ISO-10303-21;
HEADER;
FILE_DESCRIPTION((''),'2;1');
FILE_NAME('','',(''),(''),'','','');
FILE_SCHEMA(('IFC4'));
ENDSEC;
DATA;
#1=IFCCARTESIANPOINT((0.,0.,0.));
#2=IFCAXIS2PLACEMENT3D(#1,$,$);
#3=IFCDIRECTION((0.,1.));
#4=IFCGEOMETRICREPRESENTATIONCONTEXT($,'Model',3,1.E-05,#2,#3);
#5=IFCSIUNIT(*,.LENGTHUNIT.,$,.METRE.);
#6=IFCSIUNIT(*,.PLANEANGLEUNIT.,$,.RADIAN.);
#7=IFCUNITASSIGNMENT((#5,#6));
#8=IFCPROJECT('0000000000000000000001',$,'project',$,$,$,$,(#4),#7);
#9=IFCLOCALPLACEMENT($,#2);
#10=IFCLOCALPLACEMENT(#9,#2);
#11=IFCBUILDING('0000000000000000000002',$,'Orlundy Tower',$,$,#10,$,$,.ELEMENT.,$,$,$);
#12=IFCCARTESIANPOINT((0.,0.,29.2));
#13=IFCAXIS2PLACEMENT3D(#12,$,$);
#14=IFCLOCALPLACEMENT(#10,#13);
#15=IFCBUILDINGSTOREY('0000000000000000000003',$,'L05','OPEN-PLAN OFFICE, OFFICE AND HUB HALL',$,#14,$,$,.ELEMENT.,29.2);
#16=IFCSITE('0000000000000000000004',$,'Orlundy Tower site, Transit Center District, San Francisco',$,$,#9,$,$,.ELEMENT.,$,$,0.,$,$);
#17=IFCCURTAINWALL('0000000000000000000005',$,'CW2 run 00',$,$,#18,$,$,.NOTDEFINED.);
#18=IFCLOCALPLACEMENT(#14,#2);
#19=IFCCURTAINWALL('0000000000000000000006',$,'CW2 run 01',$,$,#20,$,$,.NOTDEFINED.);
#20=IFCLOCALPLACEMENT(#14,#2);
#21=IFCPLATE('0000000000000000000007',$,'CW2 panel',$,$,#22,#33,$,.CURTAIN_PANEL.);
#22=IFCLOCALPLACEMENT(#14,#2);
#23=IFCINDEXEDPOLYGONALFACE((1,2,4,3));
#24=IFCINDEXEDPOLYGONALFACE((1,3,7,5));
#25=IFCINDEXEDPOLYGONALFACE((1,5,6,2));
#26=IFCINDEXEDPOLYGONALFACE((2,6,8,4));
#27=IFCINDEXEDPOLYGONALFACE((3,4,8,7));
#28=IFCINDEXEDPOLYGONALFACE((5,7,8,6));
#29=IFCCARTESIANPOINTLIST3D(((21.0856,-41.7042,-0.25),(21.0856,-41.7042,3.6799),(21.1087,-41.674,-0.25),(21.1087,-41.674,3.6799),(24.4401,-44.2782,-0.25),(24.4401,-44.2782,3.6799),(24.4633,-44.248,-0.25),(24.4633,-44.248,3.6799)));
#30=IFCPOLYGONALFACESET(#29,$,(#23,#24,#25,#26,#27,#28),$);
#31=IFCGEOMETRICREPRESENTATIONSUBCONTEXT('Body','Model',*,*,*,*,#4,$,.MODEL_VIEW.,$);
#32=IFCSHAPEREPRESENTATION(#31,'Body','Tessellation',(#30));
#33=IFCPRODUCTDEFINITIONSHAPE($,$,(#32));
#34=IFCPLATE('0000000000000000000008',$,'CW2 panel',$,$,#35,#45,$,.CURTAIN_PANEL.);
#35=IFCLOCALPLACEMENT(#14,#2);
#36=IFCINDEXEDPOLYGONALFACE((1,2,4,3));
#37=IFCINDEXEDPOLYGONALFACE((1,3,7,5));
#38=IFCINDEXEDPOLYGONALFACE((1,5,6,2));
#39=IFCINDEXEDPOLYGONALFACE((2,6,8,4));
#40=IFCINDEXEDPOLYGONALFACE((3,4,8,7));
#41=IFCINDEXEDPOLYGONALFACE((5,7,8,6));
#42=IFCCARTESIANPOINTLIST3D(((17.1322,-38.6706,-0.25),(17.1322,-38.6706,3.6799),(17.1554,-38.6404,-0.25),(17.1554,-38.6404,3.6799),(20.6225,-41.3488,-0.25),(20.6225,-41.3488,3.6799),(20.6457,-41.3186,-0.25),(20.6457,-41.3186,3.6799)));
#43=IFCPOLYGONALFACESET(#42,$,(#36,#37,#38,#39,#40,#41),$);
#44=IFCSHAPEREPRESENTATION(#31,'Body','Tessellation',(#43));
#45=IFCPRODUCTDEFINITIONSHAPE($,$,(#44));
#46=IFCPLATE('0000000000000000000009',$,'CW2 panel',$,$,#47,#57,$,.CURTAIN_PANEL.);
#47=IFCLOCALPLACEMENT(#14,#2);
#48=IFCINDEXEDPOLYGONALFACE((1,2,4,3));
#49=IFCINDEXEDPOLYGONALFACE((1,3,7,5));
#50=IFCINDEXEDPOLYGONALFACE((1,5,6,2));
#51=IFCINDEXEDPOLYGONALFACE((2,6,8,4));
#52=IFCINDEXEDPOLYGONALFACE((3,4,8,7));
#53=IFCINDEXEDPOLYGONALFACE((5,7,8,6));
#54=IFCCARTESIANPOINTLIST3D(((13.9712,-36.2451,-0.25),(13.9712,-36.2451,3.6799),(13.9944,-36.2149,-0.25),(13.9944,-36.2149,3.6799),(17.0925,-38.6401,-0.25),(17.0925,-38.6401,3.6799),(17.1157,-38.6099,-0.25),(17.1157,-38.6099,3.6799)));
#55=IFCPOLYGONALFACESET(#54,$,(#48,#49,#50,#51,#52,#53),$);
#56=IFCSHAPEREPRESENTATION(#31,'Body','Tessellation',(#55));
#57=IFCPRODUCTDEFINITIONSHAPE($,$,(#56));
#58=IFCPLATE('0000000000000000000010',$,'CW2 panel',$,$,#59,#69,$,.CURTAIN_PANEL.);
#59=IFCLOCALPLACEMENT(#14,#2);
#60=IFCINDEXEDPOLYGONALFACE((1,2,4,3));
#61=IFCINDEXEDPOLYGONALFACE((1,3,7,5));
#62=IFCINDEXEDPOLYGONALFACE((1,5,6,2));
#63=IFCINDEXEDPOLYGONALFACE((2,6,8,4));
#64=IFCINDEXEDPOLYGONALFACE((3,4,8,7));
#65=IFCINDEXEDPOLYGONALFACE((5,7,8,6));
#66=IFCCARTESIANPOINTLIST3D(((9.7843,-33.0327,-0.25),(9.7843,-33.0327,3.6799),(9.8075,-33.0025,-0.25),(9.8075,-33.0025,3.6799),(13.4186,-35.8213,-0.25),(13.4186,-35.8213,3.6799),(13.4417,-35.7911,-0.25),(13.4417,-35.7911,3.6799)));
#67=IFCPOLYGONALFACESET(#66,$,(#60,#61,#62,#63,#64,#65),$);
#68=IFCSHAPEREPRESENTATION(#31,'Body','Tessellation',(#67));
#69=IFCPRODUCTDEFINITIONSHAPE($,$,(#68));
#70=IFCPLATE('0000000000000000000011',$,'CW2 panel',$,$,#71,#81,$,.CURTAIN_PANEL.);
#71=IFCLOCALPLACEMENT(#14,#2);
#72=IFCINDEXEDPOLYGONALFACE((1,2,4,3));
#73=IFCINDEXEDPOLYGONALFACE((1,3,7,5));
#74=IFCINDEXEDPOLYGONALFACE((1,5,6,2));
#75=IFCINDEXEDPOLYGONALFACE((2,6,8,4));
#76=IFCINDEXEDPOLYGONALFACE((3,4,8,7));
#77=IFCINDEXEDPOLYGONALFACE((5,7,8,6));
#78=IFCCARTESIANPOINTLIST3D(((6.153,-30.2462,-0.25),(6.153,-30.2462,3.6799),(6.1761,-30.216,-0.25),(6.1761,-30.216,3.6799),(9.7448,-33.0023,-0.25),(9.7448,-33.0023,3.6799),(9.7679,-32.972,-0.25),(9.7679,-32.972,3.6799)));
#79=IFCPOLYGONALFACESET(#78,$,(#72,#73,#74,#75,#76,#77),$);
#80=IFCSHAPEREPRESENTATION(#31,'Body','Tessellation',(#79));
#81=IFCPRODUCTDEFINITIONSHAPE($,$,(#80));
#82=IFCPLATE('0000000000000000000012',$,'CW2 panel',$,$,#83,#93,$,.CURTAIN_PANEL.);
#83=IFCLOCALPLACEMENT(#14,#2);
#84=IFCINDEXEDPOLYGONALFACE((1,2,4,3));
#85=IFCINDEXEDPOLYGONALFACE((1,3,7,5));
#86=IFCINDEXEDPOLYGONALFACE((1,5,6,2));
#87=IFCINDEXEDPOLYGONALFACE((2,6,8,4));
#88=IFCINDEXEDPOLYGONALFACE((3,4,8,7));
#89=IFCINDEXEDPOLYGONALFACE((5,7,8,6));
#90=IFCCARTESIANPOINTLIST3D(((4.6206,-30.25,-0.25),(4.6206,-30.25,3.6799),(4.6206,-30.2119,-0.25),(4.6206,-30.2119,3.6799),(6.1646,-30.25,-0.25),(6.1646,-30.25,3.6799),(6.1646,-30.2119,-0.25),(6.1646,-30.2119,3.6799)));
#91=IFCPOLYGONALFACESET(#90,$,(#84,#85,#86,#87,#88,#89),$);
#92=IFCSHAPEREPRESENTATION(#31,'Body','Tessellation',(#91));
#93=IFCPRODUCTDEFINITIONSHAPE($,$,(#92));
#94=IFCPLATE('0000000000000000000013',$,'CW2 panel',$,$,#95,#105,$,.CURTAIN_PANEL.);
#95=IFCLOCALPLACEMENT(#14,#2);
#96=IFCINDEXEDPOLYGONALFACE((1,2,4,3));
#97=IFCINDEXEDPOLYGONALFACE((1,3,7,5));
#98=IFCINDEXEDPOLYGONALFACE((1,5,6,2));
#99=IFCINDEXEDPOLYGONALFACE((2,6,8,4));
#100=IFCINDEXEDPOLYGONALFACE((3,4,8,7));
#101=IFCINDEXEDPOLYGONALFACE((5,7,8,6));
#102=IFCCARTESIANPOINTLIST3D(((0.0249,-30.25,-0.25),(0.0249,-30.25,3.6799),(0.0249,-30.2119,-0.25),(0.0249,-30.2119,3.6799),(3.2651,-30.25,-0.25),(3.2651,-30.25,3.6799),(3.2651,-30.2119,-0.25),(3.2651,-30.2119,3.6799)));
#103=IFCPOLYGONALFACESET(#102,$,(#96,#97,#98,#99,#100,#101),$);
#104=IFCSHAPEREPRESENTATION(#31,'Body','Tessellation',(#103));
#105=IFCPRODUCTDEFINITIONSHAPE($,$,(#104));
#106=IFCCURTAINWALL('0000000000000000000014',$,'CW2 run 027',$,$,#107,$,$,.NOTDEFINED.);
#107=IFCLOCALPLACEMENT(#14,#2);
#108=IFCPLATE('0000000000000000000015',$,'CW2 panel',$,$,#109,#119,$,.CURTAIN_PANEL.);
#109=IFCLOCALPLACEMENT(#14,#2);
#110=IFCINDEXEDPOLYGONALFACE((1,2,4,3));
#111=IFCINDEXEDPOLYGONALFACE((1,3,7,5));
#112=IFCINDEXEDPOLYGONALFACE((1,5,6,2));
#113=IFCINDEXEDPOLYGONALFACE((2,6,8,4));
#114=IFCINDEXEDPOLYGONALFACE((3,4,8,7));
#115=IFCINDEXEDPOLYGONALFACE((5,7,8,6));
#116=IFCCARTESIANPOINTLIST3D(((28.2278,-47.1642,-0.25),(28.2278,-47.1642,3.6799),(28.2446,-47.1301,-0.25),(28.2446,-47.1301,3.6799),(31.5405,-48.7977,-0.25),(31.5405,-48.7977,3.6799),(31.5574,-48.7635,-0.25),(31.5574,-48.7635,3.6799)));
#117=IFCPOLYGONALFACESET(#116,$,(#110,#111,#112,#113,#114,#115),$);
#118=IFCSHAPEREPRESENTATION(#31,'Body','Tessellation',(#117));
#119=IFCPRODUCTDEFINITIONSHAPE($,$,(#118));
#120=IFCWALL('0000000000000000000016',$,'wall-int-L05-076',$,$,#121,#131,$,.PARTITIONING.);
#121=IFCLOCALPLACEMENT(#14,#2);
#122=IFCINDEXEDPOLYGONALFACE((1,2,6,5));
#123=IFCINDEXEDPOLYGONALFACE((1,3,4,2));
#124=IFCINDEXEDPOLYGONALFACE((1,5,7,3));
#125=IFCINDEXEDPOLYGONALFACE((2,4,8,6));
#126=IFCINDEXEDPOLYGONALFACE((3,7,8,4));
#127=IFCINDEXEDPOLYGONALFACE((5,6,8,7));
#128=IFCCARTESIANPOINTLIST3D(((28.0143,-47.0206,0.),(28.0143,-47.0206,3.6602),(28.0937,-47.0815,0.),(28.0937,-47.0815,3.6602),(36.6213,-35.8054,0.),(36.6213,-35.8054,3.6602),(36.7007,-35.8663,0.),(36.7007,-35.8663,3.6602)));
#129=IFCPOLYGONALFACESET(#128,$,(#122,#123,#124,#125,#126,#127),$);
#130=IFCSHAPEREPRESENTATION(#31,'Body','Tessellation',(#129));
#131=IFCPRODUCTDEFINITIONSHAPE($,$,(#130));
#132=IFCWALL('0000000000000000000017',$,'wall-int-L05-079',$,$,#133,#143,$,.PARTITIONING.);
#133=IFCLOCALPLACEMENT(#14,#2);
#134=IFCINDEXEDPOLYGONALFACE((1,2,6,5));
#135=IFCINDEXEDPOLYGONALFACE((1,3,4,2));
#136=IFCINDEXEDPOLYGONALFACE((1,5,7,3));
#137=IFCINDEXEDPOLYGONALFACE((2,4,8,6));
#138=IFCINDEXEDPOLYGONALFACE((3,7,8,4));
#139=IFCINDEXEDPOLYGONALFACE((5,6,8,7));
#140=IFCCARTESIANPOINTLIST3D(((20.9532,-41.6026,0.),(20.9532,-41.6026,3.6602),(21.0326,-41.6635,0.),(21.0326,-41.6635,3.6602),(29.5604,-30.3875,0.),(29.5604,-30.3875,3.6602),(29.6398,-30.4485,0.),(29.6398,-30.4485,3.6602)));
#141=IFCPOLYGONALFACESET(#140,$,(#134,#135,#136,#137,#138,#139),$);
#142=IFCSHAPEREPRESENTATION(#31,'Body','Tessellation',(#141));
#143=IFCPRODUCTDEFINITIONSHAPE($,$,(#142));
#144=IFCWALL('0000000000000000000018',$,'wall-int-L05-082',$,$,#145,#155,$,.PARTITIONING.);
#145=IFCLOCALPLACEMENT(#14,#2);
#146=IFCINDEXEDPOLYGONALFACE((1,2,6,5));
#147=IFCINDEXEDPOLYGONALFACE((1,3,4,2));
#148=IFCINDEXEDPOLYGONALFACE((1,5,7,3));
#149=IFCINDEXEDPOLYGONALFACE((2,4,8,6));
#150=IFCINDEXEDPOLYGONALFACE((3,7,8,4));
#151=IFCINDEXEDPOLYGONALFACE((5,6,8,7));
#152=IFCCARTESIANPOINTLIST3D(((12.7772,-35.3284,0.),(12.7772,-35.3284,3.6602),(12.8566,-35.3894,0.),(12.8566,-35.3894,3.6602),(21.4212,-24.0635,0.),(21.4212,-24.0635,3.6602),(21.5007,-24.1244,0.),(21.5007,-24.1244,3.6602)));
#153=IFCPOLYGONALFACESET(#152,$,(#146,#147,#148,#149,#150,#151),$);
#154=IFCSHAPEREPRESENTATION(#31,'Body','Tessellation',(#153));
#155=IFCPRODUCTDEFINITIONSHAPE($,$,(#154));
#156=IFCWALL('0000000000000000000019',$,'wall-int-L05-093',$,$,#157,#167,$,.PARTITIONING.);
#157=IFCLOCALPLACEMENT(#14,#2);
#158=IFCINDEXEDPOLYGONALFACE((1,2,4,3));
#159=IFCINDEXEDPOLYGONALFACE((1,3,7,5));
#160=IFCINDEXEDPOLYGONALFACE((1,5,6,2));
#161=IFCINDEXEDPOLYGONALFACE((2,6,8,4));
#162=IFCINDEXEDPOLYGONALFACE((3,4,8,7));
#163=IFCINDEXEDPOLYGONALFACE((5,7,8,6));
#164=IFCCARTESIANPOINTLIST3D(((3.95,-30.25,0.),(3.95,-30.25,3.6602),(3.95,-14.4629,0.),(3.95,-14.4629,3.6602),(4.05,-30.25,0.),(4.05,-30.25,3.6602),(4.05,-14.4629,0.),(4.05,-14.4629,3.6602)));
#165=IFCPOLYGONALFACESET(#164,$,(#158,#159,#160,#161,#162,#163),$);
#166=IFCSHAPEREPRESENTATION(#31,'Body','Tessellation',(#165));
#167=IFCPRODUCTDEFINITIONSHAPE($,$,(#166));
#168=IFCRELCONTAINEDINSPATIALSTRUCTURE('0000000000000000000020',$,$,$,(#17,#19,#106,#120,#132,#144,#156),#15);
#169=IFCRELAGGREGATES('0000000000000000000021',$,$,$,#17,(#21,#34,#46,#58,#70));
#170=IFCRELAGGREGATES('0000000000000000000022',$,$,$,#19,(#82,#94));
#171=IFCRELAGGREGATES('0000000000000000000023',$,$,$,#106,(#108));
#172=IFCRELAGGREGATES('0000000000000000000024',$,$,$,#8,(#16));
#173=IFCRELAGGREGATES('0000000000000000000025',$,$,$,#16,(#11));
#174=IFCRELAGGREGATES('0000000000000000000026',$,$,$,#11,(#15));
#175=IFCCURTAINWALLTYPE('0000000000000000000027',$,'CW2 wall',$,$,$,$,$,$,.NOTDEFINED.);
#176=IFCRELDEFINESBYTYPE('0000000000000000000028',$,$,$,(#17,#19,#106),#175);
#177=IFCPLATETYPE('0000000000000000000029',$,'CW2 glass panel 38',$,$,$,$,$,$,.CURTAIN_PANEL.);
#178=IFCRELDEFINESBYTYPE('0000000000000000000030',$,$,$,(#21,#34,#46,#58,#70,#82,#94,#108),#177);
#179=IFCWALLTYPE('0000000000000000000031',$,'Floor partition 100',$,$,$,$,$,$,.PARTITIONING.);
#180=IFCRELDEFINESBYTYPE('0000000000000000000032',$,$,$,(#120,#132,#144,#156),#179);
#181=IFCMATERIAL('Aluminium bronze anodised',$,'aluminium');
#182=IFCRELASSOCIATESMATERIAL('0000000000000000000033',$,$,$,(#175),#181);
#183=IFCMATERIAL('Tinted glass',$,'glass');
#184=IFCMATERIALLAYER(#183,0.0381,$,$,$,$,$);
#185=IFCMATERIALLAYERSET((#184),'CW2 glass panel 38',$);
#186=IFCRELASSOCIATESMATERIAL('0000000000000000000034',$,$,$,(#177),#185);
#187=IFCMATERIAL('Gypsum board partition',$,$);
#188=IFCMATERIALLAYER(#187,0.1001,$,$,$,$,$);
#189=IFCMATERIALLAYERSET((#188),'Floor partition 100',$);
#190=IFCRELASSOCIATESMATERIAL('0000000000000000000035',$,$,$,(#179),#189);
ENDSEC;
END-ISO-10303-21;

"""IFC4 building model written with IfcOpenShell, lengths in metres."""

from ifc_helpers import new_model, si_unit, direction, frame, frame_2d, origin, origin_2d, place, context, subcontext, project, spatial, rectangle, extrude, material, layer, layer_set, type_object, element, aggregate, save


model = new_model("IFC4")

# Units and contexts
model_context = context("Model", 3, precision=1e-05, world=origin(), true_north=direction((0.0, 1.0)))
body_context = subcontext(model_context, "Body", "Model", "MODEL_VIEW")
ifc_project = project(units=[si_unit("LENGTHUNIT", "METRE"), si_unit("PLANEANGLEUNIT", "RADIAN")], contexts=[model_context])

# Site, building, storey
site_placement = place(None, origin())
site = spatial("IfcSite", under=ifc_project, at=site_placement, Name="Orlundy Tower site, Transit Center District, San Francisco", CompositionType="ELEMENT", RefElevation=0.0)
building_placement = place(site_placement, origin())
building = spatial("IfcBuilding", under=site, at=building_placement, Name="Orlundy Tower", CompositionType="ELEMENT")
storey_placement = place(building_placement, frame((0.0, 0.0, 29.2)))
storey = spatial("IfcBuildingStorey", under=building, at=storey_placement, Name="L05", Description="OPEN-PLAN OFFICE, OFFICE AND HUB HALL", CompositionType="ELEMENT", Elevation=29.2)

# Curtain wall
ifc_material_1 = material(Name="Aluminium bronze anodised", Category="aluminium")
curtain_wall_type = type_object("IfcCurtainWallType", Name="CW2 wall", PredefinedType="NOTDEFINED", material=ifc_material_1)
curtain_wall_1_placement = place(storey_placement, origin())
curtain_wall_1 = element("IfcCurtainWall", 1, at=curtain_wall_1_placement, inside=storey, type_object=curtain_wall_type, Name="CW2 run 00", PredefinedType="NOTDEFINED")

# Curtain wall
curtain_wall_2_placement = place(storey_placement, origin())
curtain_wall_2 = element("IfcCurtainWall", 2, at=curtain_wall_2_placement, inside=storey, type_object=curtain_wall_type, Name="CW2 run 01", PredefinedType="NOTDEFINED")

# Plates
ifc_material_2 = material(Name="Tinted glass", Category="glass")
ifc_layer_1 = layer(ifc_material_2, 0.0381)
ifc_layer_set_1 = layer_set([ifc_layer_1], Name="CW2 glass panel 38")
plate_type = type_object("IfcPlateType", Name="CW2 glass panel 38", PredefinedType="CURTAIN_PANEL", material=ifc_layer_set_1)
plate_1_placement = place(storey_placement, frame((22.7744, -42.9761, -0.25), z_axis=(0.0, 0.0, 1.0), x_axis=(-0.793357, 0.608757, 0.0)))
plate_1 = element("IfcPlate", 3, at=plate_1_placement, type_object=plate_type, Name="CW2 panel", PredefinedType="CURTAIN_PANEL", context=body_context, shape_type="SweptSolid", body=[
    extrude(rectangle(XDim=4.2283, YDim=0.0381, at=origin_2d()), origin(), (0.0, 0.0, 1.0), 3.9299),
])
plate_2_placement = place(storey_placement, frame((18.8889, -39.9946, -0.25), z_axis=(0.0, 0.0, 1.0), x_axis=(-0.793357, 0.608757, 0.0)))
plate_2 = element("IfcPlate", 4, at=plate_2_placement, type_object=plate_type, Name="CW2 panel", PredefinedType="CURTAIN_PANEL", context=body_context, shape_type="SweptSolid", body=[
    extrude(rectangle(XDim=4.3994, YDim=0.0381, at=origin_2d()), origin(), (0.0, 0.0, 1.0), 3.9299),
])
plate_3_placement = place(storey_placement, frame((15.5435, -37.4275, -0.25), z_axis=(0.0, 0.0, 1.0), x_axis=(-0.793357, 0.608757, 0.0)))
plate_3 = element("IfcPlate", 5, at=plate_3_placement, type_object=plate_type, Name="CW2 panel", PredefinedType="CURTAIN_PANEL", context=body_context, shape_type="SweptSolid", body=[
    extrude(rectangle(XDim=3.9343, YDim=0.0381, at=origin_2d()), origin(), (0.0, 0.0, 1.0), 3.9299),
])
plate_4_placement = place(storey_placement, frame((11.613, -34.4119, -0.25), z_axis=(0.0, 0.0, 1.0), x_axis=(-0.793357, 0.608757, 0.0)))
plate_4 = element("IfcPlate", 6, at=plate_4_placement, type_object=plate_type, Name="CW2 panel", PredefinedType="CURTAIN_PANEL", context=body_context, shape_type="SweptSolid", body=[
    extrude(rectangle(XDim=4.5808, YDim=0.0381, at=origin_2d()), origin(), (0.0, 0.0, 1.0), 3.9299),
])
plate_5_placement = place(storey_placement, frame((7.9604, -31.6091, -0.25), z_axis=(0.0, 0.0, 1.0), x_axis=(-0.793357, 0.608757, 0.0)))
plate_5 = element("IfcPlate", 7, at=plate_5_placement, type_object=plate_type, Name="CW2 panel", PredefinedType="CURTAIN_PANEL", context=body_context, shape_type="SweptSolid", body=[
    extrude(rectangle(XDim=4.5273, YDim=0.0381, at=origin_2d()), origin(), (0.0, 0.0, 1.0), 3.9299),
])
aggregate(curtain_wall_1, [plate_1, plate_2, plate_3, plate_4, plate_5])
plate_6_placement = place(storey_placement, frame((5.3926, -30.231, -0.25), z_axis=(0.0, 0.0, 1.0), x_axis=(-1.0, 0.0, 0.0)))
plate_6 = element("IfcPlate", 8, at=plate_6_placement, type_object=plate_type, Name="CW2 panel", PredefinedType="CURTAIN_PANEL", context=body_context, shape_type="SweptSolid", body=[
    extrude(rectangle(XDim=1.5439, YDim=0.0381, at=origin_2d()), origin(), (0.0, 0.0, 1.0), 3.9299),
])
plate_7_placement = place(storey_placement, frame((1.645, -30.231, -0.25), z_axis=(0.0, 0.0, 1.0), x_axis=(-1.0, 0.0, 0.0)))
plate_7 = element("IfcPlate", 9, at=plate_7_placement, type_object=plate_type, Name="CW2 panel", PredefinedType="CURTAIN_PANEL", context=body_context, shape_type="SweptSolid", body=[
    extrude(rectangle(XDim=3.2402, YDim=0.0381, at=origin_2d()), origin(), (0.0, 0.0, 1.0), 3.9299),
])
aggregate(curtain_wall_2, [plate_6, plate_7])

# Curtain wall, plate
curtain_wall_3_placement = place(storey_placement, origin())
curtain_wall_3 = element("IfcCurtainWall", 10, at=curtain_wall_3_placement, inside=storey, type_object=curtain_wall_type, Name="CW2 run 027", PredefinedType="NOTDEFINED")
plate_8_placement = place(storey_placement, frame((29.8926, -47.9639, -0.25), z_axis=(0.0, 0.0, 1.0), x_axis=(-0.896896, 0.442242, 0.0)))
plate_8 = element("IfcPlate", 11, at=plate_8_placement, type_object=plate_type, Name="CW2 panel", PredefinedType="CURTAIN_PANEL", context=body_context, shape_type="SweptSolid", body=[
    extrude(rectangle(XDim=3.6936, YDim=0.0381, at=origin_2d()), origin(), (0.0, 0.0, 1.0), 3.9299),
])
aggregate(curtain_wall_3, [plate_8])

# Walls
ifc_material_3 = material(Name="Gypsum board partition")
ifc_layer_2 = layer(ifc_material_3, 0.1001)
ifc_layer_set_2 = layer_set([ifc_layer_2], Name="Floor partition 100")
wall_type = type_object("IfcWallType", Name="Floor partition 100", PredefinedType="PARTITIONING", material=ifc_layer_set_2)
for number, where, z_axis, x_axis, name in (
    (12, (28.054, -47.051, 0.0), (0.0, 0.0, 1.0), (0.608819, 0.793309, 0.0), "wall-int-L05-076"),
    (13, (20.9929, -41.6331, 0.0), (0.0, 0.0, 1.0), (0.60883, 0.793301, 0.0), "wall-int-L05-079"),
):
    element("IfcWall", number, at=place(storey_placement, frame(where, z_axis=z_axis, x_axis=x_axis)), inside=storey, type_object=wall_type, Name=name, PredefinedType="PARTITIONING", context=body_context, shape_type="SweptSolid", body=[
        extrude(rectangle(XDim=14.1372, YDim=0.1001, at=frame_2d((7.0686, 0.0))), origin(), (0.0, 0.0, 1.0), 3.6602),
    ])
wall_1_placement = place(storey_placement, frame((12.8169, -35.3589, 0.0), z_axis=(0.0, 0.0, 1.0), x_axis=(0.60877, 0.793347, 0.0)))
element("IfcWall", 14, at=wall_1_placement, inside=storey, type_object=wall_type, Name="wall-int-L05-082", PredefinedType="PARTITIONING", context=body_context, shape_type="SweptSolid", body=[
    extrude(rectangle(XDim=14.1992, YDim=0.1001, at=frame_2d((7.0996, 0.0))), origin(), (0.0, 0.0, 1.0), 3.6602),
])
wall_2_placement = place(storey_placement, frame((4.0, -30.25, 0.0), z_axis=(0.0, 0.0, 1.0), x_axis=(0.0, 1.0, 0.0)))
element("IfcWall", 15, at=wall_2_placement, inside=storey, type_object=wall_type, Name="wall-int-L05-093", PredefinedType="PARTITIONING", context=body_context, shape_type="SweptSolid", body=[
    extrude(rectangle(XDim=15.7871, YDim=0.1001, at=frame_2d((7.8936, 0.0))), origin(), (0.0, 0.0, 1.0), 3.6602),
])

save(model, "model.ifc")
